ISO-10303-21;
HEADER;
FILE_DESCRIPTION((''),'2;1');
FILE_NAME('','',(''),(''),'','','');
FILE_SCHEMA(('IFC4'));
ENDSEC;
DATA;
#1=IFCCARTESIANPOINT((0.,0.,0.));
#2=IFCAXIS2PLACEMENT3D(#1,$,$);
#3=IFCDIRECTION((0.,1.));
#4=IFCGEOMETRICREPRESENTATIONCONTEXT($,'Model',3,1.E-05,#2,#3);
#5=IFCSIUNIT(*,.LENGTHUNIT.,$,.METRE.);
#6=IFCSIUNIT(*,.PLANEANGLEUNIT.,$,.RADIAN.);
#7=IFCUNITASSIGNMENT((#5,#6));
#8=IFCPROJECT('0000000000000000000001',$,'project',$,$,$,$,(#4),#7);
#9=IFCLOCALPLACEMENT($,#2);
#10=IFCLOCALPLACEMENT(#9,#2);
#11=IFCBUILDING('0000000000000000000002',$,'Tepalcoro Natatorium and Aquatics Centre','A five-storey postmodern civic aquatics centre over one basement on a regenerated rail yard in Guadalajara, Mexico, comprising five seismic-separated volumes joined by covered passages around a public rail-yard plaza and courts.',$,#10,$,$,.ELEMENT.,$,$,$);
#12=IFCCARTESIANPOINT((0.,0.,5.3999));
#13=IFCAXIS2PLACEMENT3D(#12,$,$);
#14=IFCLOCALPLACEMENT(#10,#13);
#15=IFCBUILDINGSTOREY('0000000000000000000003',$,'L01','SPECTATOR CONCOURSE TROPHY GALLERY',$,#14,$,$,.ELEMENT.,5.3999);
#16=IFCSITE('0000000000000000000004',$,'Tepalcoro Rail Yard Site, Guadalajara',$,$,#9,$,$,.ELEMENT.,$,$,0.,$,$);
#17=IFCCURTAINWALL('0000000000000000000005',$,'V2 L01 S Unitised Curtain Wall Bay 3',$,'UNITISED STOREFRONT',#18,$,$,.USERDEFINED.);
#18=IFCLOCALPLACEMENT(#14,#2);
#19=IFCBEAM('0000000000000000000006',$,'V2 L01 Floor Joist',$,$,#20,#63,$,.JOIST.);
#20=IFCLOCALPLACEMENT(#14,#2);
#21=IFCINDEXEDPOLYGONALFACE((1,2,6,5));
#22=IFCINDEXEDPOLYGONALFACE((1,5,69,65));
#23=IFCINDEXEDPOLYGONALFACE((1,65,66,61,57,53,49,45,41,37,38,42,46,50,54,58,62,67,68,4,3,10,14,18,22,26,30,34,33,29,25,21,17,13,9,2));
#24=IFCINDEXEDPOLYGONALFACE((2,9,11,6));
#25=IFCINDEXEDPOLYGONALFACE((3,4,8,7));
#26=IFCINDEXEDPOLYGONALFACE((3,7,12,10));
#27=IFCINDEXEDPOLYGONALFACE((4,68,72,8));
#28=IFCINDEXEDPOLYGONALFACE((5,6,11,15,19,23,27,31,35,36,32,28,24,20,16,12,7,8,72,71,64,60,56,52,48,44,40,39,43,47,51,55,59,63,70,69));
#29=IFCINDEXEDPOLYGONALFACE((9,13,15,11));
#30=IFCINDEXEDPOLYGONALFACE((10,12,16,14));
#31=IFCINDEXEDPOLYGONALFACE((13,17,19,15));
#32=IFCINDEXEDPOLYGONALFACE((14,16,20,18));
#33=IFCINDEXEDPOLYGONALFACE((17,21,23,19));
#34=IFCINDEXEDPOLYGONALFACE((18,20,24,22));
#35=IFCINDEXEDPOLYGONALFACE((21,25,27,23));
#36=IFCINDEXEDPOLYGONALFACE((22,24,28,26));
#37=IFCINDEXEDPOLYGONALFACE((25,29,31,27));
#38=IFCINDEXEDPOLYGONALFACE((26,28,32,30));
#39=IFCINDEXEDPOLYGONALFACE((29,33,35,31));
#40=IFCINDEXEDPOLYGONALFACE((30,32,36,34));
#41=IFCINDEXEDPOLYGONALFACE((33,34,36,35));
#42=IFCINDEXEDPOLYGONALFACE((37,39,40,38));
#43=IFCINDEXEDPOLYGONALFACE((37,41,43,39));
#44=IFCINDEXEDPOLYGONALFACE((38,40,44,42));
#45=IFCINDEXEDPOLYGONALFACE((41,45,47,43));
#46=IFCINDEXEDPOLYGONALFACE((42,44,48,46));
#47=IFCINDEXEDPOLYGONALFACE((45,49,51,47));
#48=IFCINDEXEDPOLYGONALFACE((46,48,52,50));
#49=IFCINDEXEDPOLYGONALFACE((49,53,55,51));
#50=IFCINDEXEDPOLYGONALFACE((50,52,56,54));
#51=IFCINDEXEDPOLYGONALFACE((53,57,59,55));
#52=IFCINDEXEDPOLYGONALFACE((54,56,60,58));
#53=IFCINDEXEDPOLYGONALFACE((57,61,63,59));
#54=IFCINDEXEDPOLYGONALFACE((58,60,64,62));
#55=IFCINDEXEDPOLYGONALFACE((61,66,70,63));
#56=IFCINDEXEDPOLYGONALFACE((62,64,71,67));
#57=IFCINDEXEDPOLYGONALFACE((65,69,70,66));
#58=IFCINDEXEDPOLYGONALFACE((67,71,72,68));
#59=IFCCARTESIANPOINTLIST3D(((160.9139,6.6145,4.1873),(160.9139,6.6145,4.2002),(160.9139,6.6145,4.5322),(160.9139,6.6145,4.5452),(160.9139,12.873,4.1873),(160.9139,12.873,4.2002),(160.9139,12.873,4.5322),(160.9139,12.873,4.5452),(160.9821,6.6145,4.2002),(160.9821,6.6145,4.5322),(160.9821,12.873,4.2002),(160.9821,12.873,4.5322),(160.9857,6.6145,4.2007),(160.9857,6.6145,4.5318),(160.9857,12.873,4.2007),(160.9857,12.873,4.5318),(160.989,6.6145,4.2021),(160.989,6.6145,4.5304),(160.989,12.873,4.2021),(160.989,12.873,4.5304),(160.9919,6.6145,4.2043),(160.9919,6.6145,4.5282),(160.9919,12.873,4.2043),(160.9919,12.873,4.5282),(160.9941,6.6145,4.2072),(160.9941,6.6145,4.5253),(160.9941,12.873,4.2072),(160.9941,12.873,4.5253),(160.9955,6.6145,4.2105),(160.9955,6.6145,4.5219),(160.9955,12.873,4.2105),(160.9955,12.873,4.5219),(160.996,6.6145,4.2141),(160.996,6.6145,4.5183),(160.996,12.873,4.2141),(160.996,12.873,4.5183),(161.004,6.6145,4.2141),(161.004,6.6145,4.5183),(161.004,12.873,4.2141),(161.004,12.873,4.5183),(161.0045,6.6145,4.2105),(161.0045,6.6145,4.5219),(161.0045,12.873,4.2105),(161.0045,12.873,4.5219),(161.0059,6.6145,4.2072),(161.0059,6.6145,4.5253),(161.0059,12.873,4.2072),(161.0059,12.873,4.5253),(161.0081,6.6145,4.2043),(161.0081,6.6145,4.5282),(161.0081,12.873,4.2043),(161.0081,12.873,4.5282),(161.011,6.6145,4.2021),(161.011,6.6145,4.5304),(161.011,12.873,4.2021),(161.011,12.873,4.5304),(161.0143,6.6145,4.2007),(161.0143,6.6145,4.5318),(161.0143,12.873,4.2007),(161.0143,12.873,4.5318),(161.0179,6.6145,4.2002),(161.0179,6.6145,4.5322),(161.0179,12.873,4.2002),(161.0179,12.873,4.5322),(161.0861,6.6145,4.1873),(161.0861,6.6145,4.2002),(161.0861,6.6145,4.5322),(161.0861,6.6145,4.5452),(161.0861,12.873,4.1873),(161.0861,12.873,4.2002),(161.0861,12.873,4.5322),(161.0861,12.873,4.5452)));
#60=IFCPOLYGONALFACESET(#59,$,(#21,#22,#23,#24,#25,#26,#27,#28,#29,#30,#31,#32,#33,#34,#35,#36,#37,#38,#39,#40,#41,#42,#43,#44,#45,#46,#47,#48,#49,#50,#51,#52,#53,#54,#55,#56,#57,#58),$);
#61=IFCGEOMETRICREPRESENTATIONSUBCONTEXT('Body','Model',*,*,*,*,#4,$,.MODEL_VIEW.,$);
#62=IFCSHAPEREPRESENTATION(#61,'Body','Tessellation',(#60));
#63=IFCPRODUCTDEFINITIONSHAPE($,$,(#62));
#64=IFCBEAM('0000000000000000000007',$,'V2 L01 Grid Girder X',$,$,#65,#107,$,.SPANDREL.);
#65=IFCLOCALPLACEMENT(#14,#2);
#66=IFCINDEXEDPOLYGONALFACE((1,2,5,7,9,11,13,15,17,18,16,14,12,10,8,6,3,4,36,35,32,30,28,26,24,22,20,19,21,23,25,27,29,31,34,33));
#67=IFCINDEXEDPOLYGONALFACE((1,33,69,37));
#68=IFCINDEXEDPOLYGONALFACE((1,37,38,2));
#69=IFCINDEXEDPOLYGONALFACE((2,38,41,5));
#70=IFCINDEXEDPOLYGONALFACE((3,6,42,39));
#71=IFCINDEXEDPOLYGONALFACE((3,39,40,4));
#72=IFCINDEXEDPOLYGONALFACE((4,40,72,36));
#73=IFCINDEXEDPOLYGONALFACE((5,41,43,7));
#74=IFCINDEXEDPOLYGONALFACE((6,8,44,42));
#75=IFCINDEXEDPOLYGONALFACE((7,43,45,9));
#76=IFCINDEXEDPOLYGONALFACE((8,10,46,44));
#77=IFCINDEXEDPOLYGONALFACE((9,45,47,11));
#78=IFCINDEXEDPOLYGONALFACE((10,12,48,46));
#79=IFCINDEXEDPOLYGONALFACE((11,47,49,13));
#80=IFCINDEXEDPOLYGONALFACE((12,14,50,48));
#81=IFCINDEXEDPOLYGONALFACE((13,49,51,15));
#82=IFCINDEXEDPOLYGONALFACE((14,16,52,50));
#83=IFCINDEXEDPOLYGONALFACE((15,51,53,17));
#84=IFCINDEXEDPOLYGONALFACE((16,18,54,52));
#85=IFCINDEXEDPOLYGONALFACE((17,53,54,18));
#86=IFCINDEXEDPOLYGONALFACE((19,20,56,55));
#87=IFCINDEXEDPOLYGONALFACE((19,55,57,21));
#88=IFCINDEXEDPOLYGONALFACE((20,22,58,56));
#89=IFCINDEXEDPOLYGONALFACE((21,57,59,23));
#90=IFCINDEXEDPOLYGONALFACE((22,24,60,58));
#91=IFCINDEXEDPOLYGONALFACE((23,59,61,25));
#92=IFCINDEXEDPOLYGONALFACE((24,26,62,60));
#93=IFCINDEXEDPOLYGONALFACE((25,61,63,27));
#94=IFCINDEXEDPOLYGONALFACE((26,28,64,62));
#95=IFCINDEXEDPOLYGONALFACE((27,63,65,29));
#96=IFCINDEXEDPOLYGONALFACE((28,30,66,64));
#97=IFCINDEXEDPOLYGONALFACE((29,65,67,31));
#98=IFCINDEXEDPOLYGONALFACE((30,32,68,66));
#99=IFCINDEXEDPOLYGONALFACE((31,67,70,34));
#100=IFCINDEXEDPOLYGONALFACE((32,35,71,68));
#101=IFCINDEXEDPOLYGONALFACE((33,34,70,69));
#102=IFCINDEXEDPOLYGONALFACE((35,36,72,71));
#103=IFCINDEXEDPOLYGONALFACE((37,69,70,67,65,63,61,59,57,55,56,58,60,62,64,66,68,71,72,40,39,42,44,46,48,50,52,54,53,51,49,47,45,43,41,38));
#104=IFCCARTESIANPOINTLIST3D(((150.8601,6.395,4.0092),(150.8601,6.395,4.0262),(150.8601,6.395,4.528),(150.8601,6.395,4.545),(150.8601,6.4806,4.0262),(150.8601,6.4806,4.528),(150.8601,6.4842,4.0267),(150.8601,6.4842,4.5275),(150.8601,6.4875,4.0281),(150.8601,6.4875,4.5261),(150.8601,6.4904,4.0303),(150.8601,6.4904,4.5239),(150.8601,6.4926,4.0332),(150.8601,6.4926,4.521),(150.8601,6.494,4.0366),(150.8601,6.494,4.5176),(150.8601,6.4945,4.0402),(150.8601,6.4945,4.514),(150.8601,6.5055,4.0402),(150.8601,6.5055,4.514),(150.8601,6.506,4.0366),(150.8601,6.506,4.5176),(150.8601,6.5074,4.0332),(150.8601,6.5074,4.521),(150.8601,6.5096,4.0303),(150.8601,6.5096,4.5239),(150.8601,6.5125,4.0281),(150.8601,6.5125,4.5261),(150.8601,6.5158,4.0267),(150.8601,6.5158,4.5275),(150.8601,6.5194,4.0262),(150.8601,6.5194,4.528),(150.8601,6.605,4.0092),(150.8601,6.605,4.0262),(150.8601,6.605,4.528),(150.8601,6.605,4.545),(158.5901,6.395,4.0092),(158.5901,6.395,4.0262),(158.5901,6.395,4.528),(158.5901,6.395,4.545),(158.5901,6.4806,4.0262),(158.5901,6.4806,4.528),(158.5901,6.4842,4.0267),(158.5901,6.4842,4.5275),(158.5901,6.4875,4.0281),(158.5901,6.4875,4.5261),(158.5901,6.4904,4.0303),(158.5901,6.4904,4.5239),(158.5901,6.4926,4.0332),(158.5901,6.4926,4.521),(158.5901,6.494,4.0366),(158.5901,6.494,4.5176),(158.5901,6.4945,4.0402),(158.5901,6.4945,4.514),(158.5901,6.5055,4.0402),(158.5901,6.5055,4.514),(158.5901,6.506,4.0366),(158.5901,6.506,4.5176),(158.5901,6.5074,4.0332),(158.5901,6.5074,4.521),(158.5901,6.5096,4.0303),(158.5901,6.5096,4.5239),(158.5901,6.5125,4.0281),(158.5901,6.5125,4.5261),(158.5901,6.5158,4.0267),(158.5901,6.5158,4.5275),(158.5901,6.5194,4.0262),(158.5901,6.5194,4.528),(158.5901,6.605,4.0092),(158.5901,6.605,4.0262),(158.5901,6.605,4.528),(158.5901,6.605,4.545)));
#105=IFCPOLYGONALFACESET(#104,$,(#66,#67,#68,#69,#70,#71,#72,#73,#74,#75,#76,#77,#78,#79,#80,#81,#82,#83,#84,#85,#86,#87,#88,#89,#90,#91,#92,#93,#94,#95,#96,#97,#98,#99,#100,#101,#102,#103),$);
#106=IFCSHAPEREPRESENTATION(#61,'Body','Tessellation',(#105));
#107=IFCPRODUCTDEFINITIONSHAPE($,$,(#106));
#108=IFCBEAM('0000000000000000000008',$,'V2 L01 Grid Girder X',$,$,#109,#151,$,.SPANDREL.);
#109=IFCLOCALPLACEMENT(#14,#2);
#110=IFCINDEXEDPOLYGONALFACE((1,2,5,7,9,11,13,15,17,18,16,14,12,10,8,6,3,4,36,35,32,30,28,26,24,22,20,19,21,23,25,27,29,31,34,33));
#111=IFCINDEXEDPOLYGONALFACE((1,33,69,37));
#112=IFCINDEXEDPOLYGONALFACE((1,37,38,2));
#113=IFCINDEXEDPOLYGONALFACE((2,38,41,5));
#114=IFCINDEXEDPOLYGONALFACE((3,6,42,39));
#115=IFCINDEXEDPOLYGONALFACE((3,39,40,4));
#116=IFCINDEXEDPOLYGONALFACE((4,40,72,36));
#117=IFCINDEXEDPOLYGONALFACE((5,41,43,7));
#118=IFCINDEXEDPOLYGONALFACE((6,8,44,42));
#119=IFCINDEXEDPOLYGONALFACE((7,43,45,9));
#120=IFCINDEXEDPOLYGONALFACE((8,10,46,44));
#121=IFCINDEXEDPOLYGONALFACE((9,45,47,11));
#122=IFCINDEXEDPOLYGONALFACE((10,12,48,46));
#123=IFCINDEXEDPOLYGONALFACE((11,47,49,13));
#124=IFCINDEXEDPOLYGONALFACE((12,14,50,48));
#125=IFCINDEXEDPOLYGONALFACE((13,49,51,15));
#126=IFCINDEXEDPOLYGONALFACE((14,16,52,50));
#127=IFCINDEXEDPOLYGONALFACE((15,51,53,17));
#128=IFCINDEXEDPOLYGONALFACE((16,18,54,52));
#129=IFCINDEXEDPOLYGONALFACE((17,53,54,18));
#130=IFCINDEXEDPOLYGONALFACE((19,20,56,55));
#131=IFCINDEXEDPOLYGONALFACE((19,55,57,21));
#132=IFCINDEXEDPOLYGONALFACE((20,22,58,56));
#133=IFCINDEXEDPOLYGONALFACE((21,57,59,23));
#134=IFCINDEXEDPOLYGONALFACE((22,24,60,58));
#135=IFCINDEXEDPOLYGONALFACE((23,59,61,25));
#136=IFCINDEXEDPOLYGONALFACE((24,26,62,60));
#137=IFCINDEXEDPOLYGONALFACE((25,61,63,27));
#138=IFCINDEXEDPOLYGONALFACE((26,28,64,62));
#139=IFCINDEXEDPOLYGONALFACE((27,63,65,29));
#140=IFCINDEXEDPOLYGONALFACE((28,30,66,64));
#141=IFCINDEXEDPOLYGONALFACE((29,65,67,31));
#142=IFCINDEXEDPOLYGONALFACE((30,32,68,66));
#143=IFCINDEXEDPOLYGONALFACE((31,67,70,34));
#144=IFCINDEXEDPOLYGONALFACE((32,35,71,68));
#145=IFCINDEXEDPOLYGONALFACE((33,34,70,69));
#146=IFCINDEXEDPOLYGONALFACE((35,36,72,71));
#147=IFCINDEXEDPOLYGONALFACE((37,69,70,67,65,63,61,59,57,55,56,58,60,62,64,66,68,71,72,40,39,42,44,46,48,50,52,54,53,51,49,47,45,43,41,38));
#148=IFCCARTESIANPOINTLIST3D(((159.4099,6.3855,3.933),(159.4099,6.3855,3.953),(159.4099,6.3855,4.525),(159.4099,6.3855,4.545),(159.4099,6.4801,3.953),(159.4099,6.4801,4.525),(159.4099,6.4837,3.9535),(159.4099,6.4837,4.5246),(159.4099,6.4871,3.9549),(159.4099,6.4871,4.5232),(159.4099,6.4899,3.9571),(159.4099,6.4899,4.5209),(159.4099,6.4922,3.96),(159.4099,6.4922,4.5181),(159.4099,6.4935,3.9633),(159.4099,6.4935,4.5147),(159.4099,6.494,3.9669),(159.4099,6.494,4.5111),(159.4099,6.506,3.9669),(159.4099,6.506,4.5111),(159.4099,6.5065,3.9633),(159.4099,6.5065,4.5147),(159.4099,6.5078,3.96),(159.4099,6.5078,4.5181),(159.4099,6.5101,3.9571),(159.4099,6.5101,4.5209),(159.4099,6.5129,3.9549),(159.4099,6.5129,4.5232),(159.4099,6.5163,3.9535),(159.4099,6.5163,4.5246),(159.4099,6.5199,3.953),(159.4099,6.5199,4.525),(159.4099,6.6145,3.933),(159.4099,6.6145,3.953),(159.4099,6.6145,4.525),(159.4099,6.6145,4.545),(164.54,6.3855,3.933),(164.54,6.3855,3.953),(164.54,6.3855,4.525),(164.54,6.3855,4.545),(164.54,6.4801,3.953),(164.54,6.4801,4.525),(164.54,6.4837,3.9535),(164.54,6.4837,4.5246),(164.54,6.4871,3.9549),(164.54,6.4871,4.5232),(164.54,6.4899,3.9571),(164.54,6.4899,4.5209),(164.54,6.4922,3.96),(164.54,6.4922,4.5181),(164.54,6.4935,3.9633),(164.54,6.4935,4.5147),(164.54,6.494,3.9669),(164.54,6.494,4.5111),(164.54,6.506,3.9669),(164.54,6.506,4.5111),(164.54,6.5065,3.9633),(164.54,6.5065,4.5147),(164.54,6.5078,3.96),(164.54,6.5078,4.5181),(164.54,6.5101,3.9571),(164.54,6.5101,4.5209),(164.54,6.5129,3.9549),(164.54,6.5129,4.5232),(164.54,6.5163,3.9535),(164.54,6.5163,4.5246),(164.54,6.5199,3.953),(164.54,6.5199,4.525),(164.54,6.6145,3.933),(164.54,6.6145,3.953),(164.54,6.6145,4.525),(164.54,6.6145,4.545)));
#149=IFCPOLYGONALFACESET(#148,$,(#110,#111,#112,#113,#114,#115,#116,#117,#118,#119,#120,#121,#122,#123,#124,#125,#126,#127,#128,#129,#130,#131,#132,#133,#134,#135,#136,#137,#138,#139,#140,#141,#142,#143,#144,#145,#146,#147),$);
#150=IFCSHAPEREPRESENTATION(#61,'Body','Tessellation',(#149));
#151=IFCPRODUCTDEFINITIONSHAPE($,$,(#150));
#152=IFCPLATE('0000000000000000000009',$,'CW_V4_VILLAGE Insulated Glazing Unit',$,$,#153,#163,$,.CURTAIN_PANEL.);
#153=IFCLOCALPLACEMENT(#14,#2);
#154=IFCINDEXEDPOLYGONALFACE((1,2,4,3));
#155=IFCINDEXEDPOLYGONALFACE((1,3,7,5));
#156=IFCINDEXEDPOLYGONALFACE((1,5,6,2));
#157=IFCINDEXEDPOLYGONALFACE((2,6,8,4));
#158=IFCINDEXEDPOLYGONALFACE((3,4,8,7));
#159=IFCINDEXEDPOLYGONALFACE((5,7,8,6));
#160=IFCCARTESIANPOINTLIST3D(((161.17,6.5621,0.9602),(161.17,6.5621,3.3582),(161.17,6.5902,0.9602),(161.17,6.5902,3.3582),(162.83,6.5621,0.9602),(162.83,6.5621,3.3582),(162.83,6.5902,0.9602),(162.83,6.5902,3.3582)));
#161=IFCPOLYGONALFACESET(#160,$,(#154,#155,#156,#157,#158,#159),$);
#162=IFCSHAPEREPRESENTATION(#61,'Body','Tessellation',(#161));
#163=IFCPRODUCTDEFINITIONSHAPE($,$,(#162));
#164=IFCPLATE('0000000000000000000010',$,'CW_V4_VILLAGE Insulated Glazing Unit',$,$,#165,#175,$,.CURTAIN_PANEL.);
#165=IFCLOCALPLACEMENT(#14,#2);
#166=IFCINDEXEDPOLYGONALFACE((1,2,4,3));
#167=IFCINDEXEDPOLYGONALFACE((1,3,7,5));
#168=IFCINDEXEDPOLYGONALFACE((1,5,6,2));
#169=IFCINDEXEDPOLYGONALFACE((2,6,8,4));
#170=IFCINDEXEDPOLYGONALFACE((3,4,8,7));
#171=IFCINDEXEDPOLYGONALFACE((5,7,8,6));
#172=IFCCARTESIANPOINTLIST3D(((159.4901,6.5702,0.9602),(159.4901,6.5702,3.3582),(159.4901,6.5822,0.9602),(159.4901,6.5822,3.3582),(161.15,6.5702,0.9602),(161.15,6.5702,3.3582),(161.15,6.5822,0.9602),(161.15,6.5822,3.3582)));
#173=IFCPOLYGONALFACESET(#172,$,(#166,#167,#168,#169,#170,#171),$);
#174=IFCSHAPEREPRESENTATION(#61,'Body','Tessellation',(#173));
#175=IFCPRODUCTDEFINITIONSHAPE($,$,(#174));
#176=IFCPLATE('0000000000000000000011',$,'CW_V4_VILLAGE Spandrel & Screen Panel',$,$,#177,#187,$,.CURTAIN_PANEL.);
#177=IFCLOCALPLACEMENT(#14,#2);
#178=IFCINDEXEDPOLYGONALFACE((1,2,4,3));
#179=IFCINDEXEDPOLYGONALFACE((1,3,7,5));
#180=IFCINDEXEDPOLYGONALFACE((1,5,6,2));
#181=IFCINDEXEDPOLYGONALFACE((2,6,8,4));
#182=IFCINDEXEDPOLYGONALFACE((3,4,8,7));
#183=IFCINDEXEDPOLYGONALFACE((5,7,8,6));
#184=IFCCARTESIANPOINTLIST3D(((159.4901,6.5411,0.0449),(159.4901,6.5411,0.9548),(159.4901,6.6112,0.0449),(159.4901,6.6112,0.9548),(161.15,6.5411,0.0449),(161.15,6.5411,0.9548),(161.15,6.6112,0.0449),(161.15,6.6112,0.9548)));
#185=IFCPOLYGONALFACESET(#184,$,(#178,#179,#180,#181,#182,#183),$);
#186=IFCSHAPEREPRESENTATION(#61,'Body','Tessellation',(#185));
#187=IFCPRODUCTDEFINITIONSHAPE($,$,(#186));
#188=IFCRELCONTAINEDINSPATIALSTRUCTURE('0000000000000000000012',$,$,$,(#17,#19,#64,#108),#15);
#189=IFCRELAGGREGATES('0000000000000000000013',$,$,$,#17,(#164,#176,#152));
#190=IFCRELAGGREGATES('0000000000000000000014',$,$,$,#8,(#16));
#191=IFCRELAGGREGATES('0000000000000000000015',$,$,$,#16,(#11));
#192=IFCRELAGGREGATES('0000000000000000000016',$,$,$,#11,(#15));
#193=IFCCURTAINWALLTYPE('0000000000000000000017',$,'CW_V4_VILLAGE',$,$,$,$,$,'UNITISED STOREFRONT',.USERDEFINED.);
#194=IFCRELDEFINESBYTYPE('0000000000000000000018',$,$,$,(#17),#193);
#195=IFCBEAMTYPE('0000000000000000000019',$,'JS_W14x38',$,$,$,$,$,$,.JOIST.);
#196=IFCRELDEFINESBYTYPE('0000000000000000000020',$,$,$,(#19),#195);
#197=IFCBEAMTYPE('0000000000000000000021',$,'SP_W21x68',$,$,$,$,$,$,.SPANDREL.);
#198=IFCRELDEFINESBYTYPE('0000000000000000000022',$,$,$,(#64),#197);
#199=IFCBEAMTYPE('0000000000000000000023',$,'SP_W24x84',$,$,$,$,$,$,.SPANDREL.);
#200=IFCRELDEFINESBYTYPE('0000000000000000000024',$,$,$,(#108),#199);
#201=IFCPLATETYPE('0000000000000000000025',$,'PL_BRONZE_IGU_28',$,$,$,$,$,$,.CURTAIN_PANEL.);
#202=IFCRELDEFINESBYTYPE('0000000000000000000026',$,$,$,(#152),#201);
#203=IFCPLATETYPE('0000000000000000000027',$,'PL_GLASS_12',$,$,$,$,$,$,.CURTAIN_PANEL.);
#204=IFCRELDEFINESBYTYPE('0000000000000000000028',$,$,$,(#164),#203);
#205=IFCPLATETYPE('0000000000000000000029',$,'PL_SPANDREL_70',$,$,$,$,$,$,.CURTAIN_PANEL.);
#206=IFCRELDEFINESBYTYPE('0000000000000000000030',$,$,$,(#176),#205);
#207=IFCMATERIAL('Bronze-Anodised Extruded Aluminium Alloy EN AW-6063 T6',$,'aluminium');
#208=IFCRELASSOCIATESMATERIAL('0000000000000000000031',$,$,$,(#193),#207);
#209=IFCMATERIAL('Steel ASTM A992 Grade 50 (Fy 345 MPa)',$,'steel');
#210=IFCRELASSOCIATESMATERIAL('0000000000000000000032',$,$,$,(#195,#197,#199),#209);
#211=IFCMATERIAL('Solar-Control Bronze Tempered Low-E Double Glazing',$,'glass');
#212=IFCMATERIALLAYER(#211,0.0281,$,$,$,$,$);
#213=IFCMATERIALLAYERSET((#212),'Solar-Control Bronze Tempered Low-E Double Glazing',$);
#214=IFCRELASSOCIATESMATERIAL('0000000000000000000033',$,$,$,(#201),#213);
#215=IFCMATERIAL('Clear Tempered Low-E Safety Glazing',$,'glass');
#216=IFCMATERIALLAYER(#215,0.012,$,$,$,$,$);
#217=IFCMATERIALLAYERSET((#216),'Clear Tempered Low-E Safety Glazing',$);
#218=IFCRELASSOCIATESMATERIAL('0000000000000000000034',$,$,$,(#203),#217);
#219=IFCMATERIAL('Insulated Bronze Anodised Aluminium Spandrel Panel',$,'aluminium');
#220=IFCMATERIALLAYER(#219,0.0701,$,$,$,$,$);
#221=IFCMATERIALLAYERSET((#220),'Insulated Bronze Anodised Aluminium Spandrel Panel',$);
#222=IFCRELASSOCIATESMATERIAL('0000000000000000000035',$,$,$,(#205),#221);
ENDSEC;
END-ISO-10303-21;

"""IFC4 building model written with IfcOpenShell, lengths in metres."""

from ifc_helpers import new_model, si_unit, direction, frame, origin, origin_2d, place, context, subcontext, project, spatial, rectangle, i_section, extrude, material, layer, layer_set, material_profile, profile_set, type_object, element, aggregate, save


model = new_model("IFC4")

# Units and contexts
model_context = context("Model", 3, precision=1e-05, world=origin(), true_north=direction((0.0, 1.0)))
body_context = subcontext(model_context, "Body", "Model", "MODEL_VIEW")
ifc_project = project(units=[si_unit("LENGTHUNIT", "METRE"), si_unit("PLANEANGLEUNIT", "RADIAN")], contexts=[model_context])

# Site, building, storey
site_placement = place(None, origin())
site = spatial("IfcSite", under=ifc_project, at=site_placement, Name="Tepalcoro Rail Yard Site, Guadalajara", CompositionType="ELEMENT", RefElevation=0.0)
building_placement = place(site_placement, origin())
building = spatial("IfcBuilding", under=site, at=building_placement, Name="Tepalcoro Natatorium and Aquatics Centre", Description="A five-storey postmodern civic aquatics centre over one basement on a regenerated rail yard in Guadalajara, Mexico, comprising five seismic-separated volumes joined by covered passages around a public rail-yard plaza and courts.", CompositionType="ELEMENT")
storey_placement = place(building_placement, frame((0.0, 0.0, 5.3999)))
storey = spatial("IfcBuildingStorey", under=building, at=storey_placement, Name="L01", Description="SPECTATOR CONCOURSE TROPHY GALLERY", CompositionType="ELEMENT", Elevation=5.3999)

# Shared definitions
ifc_material_1 = material(Name="Steel ASTM A992 Grade 50 (Fy 345 MPa)", Category="steel")

# Curtain wall
ifc_material_2 = material(Name="Bronze-Anodised Extruded Aluminium Alloy EN AW-6063 T6", Category="aluminium")
curtain_wall_type_1 = type_object("IfcCurtainWallType", Name="CW_V4_VILLAGE", ElementType="UNITISED STOREFRONT", PredefinedType="USERDEFINED", material=ifc_material_2)
curtain_wall_1_placement = place(storey_placement, origin())
curtain_wall_1 = element("IfcCurtainWall", 1, at=curtain_wall_1_placement, inside=storey, type_object=curtain_wall_type_1, Name="V2 L01 S Unitised Curtain Wall Bay 3", ObjectType="UNITISED STOREFRONT", PredefinedType="USERDEFINED")

# Beams
ifc_material_profile_1 = material_profile(ifc_material_1, i_section(OverallWidth=0.1721, OverallDepth=0.3579, WebThickness=0.0081, FlangeThickness=0.0129, FilletRadius=0.0139, at=origin_2d()), Name="W14X38")
ifc_profile_set_1 = profile_set([ifc_material_profile_1], Name="Steel ASTM A992 Grade 50 (Fy 345 MPa)")
beam_type_1 = type_object("IfcBeamType", Name="JS_W14x38", PredefinedType="JOIST", material=ifc_profile_set_1)
beam_1_placement = place(storey_placement, frame((161.0, 6.6145, 4.3662), z_axis=(0.0, 1.0, 0.0), x_axis=(-1.0, 0.0, 0.0)))
element("IfcBeam", 2, at=beam_1_placement, inside=storey, type_object=beam_type_1, Name="V2 L01 Floor Joist", PredefinedType="JOIST", context=body_context, shape_type="SweptSolid", body=[
    extrude(i_section(OverallWidth=0.1721, OverallDepth=0.3579, WebThickness=0.0081, FlangeThickness=0.0129, FilletRadius=0.0139, at=origin_2d()), origin(), (0.0, 0.0, 1.0), 6.2585),
])
ifc_material_profile_2 = material_profile(ifc_material_1, i_section(OverallWidth=0.21, OverallDepth=0.5359, WebThickness=0.011, FlangeThickness=0.0171, FilletRadius=0.0139, at=origin_2d()), Name="W21X68")
ifc_profile_set_2 = profile_set([ifc_material_profile_2], Name="Steel ASTM A992 Grade 50 (Fy 345 MPa)")
beam_type_2 = type_object("IfcBeamType", Name="SP_W21x68", PredefinedType="SPANDREL", material=ifc_profile_set_2)
beam_2_placement = place(storey_placement, frame((150.8601, 6.5, 4.2771), z_axis=(1.0, 0.0, 0.0), x_axis=(0.0, 1.0, 0.0)))
element("IfcBeam", 3, at=beam_2_placement, inside=storey, type_object=beam_type_2, Name="V2 L01 Grid Girder X", PredefinedType="SPANDREL", context=body_context, shape_type="SweptSolid", body=[
    extrude(i_section(OverallWidth=0.21, OverallDepth=0.5359, WebThickness=0.011, FlangeThickness=0.0171, FilletRadius=0.0139, at=origin_2d()), origin(), (0.0, 0.0, 1.0), 7.73),
])
ifc_material_profile_3 = material_profile(ifc_material_1, i_section(OverallWidth=0.229, OverallDepth=0.6121, WebThickness=0.012, FlangeThickness=0.02, FilletRadius=0.0139, at=origin_2d()), Name="W24X84")
ifc_profile_set_3 = profile_set([ifc_material_profile_3], Name="Steel ASTM A992 Grade 50 (Fy 345 MPa)")
beam_type_3 = type_object("IfcBeamType", Name="SP_W24x84", PredefinedType="SPANDREL", material=ifc_profile_set_3)
beam_3_placement = place(storey_placement, frame((159.4099, 6.5, 4.239), z_axis=(1.0, 0.0, 0.0), x_axis=(0.0, 1.0, 0.0)))
element("IfcBeam", 4, at=beam_3_placement, inside=storey, type_object=beam_type_3, Name="V2 L01 Grid Girder X", PredefinedType="SPANDREL", context=body_context, shape_type="SweptSolid", body=[
    extrude(i_section(OverallWidth=0.229, OverallDepth=0.6121, WebThickness=0.012, FlangeThickness=0.02, FilletRadius=0.0139, at=origin_2d()), origin(), (0.0, 0.0, 1.0), 5.1301),
])

# Plates
ifc_material_3 = material(Name="Solar-Control Bronze Tempered Low-E Double Glazing", Category="glass")
ifc_layer_1 = layer(ifc_material_3, 0.0281)
ifc_layer_set_1 = layer_set([ifc_layer_1], Name="Solar-Control Bronze Tempered Low-E Double Glazing")
plate_type_1 = type_object("IfcPlateType", Name="PL_BRONZE_IGU_28", PredefinedType="CURTAIN_PANEL", material=ifc_layer_set_1)
plate_1_placement = place(storey_placement, frame((162.0, 6.5762, 0.9602), z_axis=(0.0, 0.0, 1.0), x_axis=(1.0, 0.0, 0.0)))
plate_1 = element("IfcPlate", 5, at=plate_1_placement, type_object=plate_type_1, Name="CW_V4_VILLAGE Insulated Glazing Unit", PredefinedType="CURTAIN_PANEL", context=body_context, shape_type="SweptSolid", body=[
    extrude(rectangle(XDim=1.6599, YDim=0.0281, at=origin_2d()), origin(), (0.0, 0.0, 1.0), 2.3979),
])
ifc_material_4 = material(Name="Clear Tempered Low-E Safety Glazing", Category="glass")
ifc_layer_2 = layer(ifc_material_4, 0.012)
ifc_layer_set_2 = layer_set([ifc_layer_2], Name="Clear Tempered Low-E Safety Glazing")
plate_type_2 = type_object("IfcPlateType", Name="PL_GLASS_12", PredefinedType="CURTAIN_PANEL", material=ifc_layer_set_2)
plate_2_placement = place(storey_placement, frame((160.3201, 6.5762, 0.9602), z_axis=(0.0, 0.0, 1.0), x_axis=(1.0, 0.0, 0.0)))
plate_2 = element("IfcPlate", 6, at=plate_2_placement, type_object=plate_type_2, Name="CW_V4_VILLAGE Insulated Glazing Unit", PredefinedType="CURTAIN_PANEL", context=body_context, shape_type="SweptSolid", body=[
    extrude(rectangle(XDim=1.6599, YDim=0.012, at=origin_2d()), origin(), (0.0, 0.0, 1.0), 2.3979),
])
ifc_material_5 = material(Name="Insulated Bronze Anodised Aluminium Spandrel Panel", Category="aluminium")
ifc_layer_3 = layer(ifc_material_5, 0.0701)
ifc_layer_set_3 = layer_set([ifc_layer_3], Name="Insulated Bronze Anodised Aluminium Spandrel Panel")
plate_type_3 = type_object("IfcPlateType", Name="PL_SPANDREL_70", PredefinedType="CURTAIN_PANEL", material=ifc_layer_set_3)
plate_3_placement = place(storey_placement, frame((160.3201, 6.5762, 0.0449), z_axis=(0.0, 0.0, 1.0), x_axis=(1.0, 0.0, 0.0)))
plate_3 = element("IfcPlate", 7, at=plate_3_placement, type_object=plate_type_3, Name="CW_V4_VILLAGE Spandrel & Screen Panel", PredefinedType="CURTAIN_PANEL", context=body_context, shape_type="SweptSolid", body=[
    extrude(rectangle(XDim=1.6599, YDim=0.0701, at=origin_2d()), origin(), (0.0, 0.0, 1.0), 0.9099),
])
aggregate(curtain_wall_1, [plate_2, plate_3, plate_1])

save(model, "model.ifc")
